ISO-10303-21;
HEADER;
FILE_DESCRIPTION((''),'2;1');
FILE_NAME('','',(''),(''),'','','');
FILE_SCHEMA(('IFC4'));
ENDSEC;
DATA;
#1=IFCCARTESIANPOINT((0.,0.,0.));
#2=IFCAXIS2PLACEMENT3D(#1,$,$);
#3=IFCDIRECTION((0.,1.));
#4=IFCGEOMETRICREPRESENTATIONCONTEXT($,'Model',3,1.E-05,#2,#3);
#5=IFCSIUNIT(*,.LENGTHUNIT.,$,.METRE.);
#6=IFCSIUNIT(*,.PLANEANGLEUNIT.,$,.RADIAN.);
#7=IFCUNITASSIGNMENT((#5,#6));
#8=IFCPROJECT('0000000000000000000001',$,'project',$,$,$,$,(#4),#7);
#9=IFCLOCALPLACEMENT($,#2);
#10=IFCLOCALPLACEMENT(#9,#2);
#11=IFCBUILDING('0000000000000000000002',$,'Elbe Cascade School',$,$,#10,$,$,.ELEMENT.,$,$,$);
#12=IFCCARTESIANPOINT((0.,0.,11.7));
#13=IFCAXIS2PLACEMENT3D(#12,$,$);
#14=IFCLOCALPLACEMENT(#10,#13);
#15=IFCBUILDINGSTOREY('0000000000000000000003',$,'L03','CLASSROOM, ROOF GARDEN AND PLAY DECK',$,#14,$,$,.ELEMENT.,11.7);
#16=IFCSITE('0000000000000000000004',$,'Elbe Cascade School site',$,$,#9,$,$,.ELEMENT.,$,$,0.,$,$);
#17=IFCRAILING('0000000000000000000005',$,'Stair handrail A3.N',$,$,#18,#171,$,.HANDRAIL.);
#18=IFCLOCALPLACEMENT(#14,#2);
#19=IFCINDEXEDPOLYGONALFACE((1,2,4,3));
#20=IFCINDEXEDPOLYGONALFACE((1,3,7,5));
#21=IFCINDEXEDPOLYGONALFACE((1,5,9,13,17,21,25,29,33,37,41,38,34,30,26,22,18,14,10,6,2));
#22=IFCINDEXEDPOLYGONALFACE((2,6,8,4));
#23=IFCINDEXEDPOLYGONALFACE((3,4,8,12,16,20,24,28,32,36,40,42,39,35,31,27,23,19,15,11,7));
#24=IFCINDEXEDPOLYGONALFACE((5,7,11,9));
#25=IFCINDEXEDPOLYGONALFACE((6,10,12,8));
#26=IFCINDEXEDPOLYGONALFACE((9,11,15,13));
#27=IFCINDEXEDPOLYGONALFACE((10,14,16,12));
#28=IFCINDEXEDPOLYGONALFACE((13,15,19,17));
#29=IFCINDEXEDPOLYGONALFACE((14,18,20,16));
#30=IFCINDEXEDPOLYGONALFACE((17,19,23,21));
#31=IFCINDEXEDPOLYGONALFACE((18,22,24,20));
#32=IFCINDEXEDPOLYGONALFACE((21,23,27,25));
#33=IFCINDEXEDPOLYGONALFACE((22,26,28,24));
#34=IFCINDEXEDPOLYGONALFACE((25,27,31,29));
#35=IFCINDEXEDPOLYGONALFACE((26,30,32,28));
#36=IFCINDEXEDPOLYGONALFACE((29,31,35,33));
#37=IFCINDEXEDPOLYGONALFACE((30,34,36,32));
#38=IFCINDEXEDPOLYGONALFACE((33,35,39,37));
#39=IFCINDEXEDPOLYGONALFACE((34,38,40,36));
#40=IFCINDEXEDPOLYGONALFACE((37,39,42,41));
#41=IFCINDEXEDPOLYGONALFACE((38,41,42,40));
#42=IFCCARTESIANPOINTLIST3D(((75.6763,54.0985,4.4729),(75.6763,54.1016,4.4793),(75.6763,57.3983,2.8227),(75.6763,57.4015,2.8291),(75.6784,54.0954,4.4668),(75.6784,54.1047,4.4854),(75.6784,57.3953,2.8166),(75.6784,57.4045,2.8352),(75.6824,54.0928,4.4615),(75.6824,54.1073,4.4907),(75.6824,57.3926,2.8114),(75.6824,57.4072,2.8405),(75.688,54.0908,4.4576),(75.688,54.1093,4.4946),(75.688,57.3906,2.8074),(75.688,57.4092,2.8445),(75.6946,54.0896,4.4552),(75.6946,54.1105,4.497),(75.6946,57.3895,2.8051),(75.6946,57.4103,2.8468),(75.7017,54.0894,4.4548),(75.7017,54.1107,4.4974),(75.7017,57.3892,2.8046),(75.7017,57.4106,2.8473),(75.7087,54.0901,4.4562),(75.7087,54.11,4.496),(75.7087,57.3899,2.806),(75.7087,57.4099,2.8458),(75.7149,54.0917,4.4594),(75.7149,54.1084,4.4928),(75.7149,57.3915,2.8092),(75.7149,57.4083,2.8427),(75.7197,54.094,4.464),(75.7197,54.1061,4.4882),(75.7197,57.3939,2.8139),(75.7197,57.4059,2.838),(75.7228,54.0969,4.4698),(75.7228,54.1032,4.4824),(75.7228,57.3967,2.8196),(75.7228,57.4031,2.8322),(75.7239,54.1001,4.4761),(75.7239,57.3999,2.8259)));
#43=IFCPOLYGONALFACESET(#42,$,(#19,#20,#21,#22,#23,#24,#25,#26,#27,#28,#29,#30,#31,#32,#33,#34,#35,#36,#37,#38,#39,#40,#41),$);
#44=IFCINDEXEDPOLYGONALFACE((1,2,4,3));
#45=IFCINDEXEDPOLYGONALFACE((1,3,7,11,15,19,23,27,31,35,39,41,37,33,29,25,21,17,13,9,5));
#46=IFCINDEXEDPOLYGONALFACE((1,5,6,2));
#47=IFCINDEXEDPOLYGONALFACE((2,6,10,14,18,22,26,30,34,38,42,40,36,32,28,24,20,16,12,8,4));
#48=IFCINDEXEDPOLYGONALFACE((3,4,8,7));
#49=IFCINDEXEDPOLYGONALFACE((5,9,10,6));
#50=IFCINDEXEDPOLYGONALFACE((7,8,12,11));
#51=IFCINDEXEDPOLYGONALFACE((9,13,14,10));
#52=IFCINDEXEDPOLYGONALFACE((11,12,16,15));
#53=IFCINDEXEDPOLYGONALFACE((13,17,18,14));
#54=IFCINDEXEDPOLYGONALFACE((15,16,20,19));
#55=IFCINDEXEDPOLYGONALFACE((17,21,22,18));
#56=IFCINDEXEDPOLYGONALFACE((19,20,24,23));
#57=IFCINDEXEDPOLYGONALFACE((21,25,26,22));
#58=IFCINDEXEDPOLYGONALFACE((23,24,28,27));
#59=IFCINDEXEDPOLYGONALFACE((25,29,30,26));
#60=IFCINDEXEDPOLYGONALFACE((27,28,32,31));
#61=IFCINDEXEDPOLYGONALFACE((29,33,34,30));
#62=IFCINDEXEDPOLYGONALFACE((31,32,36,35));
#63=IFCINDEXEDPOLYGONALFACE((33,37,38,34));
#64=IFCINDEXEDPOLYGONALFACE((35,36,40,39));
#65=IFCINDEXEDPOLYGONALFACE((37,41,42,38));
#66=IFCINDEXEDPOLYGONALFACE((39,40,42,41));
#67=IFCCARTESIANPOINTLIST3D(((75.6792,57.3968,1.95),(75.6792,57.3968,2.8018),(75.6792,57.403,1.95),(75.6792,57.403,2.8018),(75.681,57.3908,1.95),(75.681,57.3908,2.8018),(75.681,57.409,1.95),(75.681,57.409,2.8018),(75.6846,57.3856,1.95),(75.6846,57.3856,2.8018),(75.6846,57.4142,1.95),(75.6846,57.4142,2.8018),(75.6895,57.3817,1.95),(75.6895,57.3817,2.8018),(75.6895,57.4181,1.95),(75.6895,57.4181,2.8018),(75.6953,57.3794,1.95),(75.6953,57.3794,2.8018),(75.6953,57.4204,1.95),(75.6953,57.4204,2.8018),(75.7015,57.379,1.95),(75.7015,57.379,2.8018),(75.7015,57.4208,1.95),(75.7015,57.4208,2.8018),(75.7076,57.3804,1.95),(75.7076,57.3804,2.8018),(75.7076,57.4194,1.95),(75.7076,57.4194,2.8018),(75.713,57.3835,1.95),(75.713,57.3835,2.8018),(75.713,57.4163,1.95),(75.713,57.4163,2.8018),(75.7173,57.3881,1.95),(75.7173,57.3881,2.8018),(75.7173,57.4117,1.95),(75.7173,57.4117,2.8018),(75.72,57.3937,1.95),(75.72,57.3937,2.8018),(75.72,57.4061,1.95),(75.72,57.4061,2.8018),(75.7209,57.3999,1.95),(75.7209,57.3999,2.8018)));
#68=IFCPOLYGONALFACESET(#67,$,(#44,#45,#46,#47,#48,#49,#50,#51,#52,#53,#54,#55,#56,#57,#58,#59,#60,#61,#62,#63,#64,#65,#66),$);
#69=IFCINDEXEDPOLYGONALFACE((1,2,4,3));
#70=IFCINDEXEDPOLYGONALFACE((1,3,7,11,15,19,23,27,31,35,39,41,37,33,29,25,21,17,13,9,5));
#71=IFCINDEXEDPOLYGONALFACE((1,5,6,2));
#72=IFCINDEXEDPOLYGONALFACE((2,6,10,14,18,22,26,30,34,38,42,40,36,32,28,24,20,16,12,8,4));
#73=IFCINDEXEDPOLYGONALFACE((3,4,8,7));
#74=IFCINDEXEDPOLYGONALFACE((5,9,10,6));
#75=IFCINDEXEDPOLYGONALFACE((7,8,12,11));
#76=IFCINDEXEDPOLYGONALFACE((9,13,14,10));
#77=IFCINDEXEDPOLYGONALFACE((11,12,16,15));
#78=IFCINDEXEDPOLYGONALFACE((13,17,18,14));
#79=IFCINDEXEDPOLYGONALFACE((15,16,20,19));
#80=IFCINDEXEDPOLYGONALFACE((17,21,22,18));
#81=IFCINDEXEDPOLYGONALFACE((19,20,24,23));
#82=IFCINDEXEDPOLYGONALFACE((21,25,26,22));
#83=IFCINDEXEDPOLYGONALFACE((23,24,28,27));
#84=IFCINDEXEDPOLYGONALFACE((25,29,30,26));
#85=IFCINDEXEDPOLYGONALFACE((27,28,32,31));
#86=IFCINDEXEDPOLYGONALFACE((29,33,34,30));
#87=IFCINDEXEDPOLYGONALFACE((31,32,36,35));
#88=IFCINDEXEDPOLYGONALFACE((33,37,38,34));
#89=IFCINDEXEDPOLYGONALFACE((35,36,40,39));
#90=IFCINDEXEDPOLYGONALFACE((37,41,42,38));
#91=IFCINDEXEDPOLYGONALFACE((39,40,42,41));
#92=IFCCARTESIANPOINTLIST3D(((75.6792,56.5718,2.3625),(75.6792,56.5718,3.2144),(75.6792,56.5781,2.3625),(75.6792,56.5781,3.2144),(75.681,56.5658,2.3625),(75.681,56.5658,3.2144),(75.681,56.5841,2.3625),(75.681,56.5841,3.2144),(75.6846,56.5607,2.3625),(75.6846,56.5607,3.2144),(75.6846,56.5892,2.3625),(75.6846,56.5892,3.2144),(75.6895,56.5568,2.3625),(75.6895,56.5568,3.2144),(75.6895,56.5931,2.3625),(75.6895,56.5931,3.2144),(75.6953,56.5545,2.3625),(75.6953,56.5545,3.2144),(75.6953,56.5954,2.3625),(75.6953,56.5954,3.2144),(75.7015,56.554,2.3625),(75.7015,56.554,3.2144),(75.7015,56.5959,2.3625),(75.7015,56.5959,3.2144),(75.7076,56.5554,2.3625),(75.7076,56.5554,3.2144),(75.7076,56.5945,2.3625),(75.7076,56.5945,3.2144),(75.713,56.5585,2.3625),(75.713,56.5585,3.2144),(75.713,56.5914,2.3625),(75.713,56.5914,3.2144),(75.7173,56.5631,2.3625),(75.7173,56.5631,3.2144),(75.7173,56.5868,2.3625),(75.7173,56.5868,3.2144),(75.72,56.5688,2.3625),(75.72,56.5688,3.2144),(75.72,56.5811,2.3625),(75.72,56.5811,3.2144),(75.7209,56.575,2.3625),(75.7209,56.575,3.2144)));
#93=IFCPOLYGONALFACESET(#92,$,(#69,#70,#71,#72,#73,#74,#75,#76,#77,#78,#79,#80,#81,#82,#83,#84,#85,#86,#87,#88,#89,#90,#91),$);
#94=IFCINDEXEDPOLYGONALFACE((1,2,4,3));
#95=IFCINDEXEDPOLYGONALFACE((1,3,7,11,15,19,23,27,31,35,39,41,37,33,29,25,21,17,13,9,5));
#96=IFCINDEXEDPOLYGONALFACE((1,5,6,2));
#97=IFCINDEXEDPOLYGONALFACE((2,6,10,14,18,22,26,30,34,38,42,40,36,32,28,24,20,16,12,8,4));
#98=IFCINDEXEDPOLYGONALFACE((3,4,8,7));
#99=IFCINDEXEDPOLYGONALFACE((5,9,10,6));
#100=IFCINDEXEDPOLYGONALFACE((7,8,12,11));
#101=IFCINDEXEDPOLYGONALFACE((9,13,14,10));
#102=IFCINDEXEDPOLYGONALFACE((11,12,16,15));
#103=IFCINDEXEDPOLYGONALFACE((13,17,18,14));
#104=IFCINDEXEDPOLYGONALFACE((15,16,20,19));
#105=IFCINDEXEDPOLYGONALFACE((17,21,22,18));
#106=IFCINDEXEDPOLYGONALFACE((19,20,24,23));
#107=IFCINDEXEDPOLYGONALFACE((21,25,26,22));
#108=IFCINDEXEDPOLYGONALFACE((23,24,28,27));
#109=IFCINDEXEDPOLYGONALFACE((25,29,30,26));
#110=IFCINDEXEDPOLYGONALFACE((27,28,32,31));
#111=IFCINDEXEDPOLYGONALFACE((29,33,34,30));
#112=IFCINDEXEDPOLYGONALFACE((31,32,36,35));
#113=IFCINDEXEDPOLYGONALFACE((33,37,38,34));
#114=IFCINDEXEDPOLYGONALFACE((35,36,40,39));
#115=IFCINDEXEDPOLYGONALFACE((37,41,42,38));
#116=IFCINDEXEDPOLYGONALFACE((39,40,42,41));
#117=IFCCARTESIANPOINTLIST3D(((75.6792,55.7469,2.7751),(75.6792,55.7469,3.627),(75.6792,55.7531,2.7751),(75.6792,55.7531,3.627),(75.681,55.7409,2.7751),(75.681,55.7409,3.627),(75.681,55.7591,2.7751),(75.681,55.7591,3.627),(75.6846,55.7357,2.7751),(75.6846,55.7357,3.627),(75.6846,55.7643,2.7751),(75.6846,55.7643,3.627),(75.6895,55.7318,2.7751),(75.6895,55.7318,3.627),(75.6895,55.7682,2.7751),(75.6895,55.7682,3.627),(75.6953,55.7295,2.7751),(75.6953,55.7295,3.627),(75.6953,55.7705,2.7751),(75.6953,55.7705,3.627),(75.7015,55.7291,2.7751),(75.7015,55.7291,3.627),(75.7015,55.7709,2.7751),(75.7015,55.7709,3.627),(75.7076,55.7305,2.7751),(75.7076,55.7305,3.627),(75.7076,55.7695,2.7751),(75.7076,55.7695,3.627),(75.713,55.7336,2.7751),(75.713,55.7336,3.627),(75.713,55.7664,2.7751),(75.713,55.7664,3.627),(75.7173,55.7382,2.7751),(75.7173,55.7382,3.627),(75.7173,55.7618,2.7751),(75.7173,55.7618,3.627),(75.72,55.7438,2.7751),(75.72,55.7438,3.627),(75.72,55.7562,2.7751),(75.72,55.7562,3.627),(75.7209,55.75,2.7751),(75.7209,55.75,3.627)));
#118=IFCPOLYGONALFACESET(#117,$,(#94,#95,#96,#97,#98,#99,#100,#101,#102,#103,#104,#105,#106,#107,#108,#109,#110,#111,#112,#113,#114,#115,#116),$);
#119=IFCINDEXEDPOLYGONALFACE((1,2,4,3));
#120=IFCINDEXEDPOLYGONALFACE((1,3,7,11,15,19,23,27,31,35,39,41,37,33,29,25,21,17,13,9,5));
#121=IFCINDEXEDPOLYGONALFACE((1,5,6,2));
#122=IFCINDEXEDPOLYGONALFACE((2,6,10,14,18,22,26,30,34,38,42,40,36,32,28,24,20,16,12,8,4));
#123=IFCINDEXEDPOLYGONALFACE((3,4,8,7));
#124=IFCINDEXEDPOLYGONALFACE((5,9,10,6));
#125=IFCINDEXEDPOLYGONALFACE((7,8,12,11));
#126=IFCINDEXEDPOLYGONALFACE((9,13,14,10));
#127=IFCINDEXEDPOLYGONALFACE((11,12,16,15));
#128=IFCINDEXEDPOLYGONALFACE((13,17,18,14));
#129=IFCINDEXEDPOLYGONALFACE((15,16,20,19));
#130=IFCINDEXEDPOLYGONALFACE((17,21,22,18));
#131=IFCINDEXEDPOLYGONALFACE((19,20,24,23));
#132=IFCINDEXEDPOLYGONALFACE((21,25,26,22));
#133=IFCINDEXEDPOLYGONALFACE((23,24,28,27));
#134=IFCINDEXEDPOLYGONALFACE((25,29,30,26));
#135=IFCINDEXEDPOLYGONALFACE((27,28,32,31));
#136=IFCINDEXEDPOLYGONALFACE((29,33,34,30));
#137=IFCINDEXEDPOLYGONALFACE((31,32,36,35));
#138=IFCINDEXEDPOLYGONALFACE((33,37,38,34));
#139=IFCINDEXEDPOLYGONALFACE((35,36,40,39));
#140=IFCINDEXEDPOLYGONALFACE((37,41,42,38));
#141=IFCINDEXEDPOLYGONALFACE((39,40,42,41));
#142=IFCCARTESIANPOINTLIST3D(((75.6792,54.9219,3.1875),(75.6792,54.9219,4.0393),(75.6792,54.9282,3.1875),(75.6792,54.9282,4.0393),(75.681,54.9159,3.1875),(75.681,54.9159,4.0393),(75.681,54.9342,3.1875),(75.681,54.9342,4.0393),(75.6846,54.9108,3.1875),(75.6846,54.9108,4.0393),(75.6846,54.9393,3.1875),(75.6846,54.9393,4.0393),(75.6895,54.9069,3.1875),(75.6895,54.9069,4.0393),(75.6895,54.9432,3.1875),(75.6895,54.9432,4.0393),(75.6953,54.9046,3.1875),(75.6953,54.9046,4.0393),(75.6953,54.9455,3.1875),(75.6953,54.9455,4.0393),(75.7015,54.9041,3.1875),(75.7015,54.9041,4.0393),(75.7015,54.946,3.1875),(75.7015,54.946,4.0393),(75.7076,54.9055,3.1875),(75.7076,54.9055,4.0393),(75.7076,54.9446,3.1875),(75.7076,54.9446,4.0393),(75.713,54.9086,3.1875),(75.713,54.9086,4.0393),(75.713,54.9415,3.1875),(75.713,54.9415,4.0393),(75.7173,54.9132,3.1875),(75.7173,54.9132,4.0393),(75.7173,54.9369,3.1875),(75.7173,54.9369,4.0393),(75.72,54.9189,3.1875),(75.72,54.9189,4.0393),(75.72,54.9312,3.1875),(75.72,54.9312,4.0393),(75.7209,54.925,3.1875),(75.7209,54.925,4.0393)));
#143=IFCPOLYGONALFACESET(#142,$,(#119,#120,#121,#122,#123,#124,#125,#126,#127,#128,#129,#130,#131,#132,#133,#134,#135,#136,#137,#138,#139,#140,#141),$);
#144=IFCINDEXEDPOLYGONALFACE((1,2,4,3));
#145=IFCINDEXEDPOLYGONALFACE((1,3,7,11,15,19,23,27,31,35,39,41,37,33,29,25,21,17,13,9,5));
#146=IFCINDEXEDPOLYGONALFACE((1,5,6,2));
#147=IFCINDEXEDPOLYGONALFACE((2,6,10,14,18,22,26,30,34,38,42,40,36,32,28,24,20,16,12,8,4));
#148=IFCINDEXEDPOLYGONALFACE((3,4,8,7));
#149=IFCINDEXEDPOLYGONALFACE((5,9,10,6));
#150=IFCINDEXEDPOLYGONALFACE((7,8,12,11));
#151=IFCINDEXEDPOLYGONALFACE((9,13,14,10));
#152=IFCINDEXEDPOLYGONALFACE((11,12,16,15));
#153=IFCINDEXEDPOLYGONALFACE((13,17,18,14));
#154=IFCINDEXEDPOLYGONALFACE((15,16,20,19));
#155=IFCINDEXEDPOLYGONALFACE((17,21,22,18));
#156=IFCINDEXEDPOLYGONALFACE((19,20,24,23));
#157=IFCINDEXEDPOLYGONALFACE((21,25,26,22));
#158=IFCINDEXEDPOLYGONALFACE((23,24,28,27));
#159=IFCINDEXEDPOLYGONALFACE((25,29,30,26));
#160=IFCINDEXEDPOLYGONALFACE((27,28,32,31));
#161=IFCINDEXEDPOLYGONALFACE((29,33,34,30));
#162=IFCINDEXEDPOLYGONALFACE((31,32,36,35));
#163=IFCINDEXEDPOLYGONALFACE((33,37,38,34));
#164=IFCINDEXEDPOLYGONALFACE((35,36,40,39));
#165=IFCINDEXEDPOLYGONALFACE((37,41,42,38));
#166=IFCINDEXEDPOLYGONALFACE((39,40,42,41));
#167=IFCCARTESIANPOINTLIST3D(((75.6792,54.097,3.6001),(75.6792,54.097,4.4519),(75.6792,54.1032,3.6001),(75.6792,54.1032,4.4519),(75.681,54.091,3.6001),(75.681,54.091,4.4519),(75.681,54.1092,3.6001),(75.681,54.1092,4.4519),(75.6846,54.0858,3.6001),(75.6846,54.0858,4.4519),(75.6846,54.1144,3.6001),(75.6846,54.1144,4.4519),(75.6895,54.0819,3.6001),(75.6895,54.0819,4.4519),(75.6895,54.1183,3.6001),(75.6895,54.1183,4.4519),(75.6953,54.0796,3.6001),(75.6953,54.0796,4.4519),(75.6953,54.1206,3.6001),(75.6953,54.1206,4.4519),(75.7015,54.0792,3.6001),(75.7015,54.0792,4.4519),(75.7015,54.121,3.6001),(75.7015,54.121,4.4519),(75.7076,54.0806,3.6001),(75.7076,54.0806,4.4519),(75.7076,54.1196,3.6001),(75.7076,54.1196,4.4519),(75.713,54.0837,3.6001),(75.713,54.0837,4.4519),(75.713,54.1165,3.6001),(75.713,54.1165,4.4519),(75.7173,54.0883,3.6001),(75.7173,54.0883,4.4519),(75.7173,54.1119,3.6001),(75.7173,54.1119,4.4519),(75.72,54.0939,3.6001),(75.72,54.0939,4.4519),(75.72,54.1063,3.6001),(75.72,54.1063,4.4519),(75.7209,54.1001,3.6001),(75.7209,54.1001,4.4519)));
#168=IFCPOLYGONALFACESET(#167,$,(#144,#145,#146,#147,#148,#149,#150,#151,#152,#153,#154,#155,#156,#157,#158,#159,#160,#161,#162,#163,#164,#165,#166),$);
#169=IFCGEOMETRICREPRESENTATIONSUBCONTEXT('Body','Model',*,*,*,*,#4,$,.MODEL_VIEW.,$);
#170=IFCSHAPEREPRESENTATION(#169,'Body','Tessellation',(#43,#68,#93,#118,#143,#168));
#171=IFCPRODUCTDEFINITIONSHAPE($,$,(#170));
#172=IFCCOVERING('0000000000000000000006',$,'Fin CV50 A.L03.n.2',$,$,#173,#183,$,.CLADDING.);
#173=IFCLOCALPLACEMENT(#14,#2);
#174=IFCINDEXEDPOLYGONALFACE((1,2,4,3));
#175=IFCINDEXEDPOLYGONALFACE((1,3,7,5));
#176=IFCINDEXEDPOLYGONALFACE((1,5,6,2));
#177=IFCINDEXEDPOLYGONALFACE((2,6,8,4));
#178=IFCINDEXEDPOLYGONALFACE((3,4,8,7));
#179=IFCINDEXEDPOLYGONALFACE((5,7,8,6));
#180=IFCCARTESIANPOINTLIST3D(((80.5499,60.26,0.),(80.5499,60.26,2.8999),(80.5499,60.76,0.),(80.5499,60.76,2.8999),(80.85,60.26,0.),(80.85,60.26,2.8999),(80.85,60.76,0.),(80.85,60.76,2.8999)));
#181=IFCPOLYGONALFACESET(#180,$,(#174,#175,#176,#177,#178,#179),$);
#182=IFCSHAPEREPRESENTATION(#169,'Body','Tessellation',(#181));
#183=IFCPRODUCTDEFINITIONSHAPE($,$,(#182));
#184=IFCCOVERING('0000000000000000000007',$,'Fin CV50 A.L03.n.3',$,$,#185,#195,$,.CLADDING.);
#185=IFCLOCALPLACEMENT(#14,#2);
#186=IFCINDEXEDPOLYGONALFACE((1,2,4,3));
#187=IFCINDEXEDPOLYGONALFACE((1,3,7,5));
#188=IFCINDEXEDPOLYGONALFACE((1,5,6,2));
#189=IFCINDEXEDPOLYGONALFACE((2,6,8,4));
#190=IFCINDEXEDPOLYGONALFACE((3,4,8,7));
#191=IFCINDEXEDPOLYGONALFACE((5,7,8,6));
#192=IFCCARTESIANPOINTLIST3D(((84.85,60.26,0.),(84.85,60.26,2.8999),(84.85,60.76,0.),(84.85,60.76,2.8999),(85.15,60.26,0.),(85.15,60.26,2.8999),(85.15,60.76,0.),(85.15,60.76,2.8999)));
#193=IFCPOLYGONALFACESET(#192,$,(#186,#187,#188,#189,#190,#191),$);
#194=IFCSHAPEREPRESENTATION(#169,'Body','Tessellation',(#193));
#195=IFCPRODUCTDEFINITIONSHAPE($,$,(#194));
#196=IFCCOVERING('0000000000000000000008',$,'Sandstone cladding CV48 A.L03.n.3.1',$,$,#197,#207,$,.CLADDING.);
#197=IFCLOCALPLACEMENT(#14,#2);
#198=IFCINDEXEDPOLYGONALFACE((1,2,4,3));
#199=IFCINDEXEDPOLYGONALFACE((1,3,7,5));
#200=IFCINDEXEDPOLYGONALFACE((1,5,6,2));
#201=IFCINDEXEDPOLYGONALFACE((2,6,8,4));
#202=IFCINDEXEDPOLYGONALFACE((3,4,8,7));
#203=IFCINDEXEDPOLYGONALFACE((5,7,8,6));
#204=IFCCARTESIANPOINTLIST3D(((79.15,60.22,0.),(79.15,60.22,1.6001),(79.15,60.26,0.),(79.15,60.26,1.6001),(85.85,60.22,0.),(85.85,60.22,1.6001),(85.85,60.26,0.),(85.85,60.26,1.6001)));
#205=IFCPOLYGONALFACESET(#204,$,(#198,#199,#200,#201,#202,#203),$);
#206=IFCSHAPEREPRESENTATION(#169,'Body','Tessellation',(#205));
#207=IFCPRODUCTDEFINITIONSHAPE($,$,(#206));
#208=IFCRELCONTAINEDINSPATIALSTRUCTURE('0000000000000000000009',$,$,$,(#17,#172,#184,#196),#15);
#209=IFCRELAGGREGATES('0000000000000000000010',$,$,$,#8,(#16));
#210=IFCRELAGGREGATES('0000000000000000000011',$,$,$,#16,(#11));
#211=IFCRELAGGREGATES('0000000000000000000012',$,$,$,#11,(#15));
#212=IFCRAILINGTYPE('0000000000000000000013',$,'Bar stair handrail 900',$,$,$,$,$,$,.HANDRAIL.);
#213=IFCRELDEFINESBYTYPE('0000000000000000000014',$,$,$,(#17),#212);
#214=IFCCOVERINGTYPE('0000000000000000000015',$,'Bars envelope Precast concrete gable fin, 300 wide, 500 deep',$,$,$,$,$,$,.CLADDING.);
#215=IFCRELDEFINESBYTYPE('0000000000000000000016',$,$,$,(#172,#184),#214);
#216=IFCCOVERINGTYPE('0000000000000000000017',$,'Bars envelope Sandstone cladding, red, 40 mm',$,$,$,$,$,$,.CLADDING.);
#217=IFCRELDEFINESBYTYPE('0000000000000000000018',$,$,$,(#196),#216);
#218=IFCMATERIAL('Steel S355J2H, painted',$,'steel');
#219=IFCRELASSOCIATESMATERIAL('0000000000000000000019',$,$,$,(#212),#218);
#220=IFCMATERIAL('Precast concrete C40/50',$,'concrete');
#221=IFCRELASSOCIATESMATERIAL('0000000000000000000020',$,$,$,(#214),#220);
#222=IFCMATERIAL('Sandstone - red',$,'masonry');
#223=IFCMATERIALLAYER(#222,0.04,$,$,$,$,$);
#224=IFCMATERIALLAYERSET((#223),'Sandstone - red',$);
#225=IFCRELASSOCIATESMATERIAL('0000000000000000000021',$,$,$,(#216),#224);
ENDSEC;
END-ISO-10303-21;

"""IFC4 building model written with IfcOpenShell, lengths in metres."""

from ifc_helpers import new_model, si_unit, direction, frame, origin, origin_2d, place, context, subcontext, project, spatial, rectangle, circle, extrude, material, layer, layer_set, type_object, element, save


model = new_model("IFC4")

# Units and contexts
model_context = context("Model", 3, precision=1e-05, world=origin(), true_north=direction((0.0, 1.0)))
body_context = subcontext(model_context, "Body", "Model", "MODEL_VIEW")
ifc_project = project(units=[si_unit("LENGTHUNIT", "METRE"), si_unit("PLANEANGLEUNIT", "RADIAN")], contexts=[model_context])

# Site, building, storey
site_placement = place(None, origin())
site = spatial("IfcSite", under=ifc_project, at=site_placement, Name="Elbe Cascade School site", CompositionType="ELEMENT", RefElevation=0.0)
building_placement = place(site_placement, origin())
building = spatial("IfcBuilding", under=site, at=building_placement, Name="Elbe Cascade School", CompositionType="ELEMENT")
storey_placement = place(building_placement, frame((0.0, 0.0, 11.7)))
storey = spatial("IfcBuildingStorey", under=building, at=storey_placement, Name="L03", Description="CLASSROOM, ROOF GARDEN AND PLAY DECK", CompositionType="ELEMENT", Elevation=11.7)

# Railing
ifc_material_1 = material(Name="Steel S355J2H, painted", Category="steel")
railing_type = type_object("IfcRailingType", Name="Bar stair handrail 900", PredefinedType="HANDRAIL", material=ifc_material_1)
railing_placement = place(storey_placement, frame((75.7, 57.3999, 1.95)))
element("IfcRailing", 1, at=railing_placement, inside=storey, type_object=railing_type, Name="Stair handrail A3.N", PredefinedType="HANDRAIL", context=body_context, shape_type="SweptSolid", body=[
    extrude(circle(Radius=0.0239, at=origin_2d()), frame((0.0, 0.0, 0.876), z_axis=(0.0, -0.894401, 0.447267), x_axis=(1.0, 0.0, 0.0)), (0.0, 0.0, 1.0), 3.6895),
    extrude(circle(Radius=0.021, at=origin_2d()), origin(), (0.0, 0.0, 1.0), 0.8518),
    extrude(circle(Radius=0.021, at=origin_2d()), frame((0.0, -0.825, 0.4126)), (0.0, 0.0, 1.0), 0.8518),
    extrude(circle(Radius=0.021, at=origin_2d()), frame((0.0, -1.6499, 0.8252)), (0.0, 0.0, 1.0), 0.8518),
    extrude(circle(Radius=0.021, at=origin_2d()), frame((0.0, -2.4749, 1.2375)), (0.0, 0.0, 1.0), 0.8518),
    extrude(circle(Radius=0.021, at=origin_2d()), frame((0.0, -3.2998, 1.6501)), (0.0, 0.0, 1.0), 0.8518),
])

# Coverings
ifc_material_2 = material(Name="Precast concrete C40/50", Category="concrete")
covering_type_1 = type_object("IfcCoveringType", Name="Bars envelope Precast concrete gable fin, 300 wide, 500 deep", PredefinedType="CLADDING", material=ifc_material_2)
for number, where, z_axis, x_axis, name in (
    (2, (80.7, 60.51, 0.0), (0.0, 0.0, 1.0), (1.0, 0.0, 0.0), "Fin CV50 A.L03.n.2"),
    (3, (85.0, 60.51, 0.0), (0.0, 0.0, 1.0), (1.0, 0.0, 0.0), "Fin CV50 A.L03.n.3"),
):
    element("IfcCovering", number, at=place(storey_placement, frame(where, z_axis=z_axis, x_axis=x_axis)), inside=storey, type_object=covering_type_1, Name=name, PredefinedType="CLADDING", context=body_context, shape_type="SweptSolid", body=[
        extrude(rectangle(XDim=0.3, YDim=0.5, at=origin_2d()), origin(), (0.0, 0.0, 1.0), 2.8999),
    ])
ifc_material_3 = material(Name="Sandstone - red", Category="masonry")
ifc_layer_1 = layer(ifc_material_3, 0.04)
ifc_layer_set_1 = layer_set([ifc_layer_1], Name="Sandstone - red")
covering_type_2 = type_object("IfcCoveringType", Name="Bars envelope Sandstone cladding, red, 40 mm", PredefinedType="CLADDING", material=ifc_layer_set_1)
covering_1_placement = place(storey_placement, frame((82.5, 60.24, 0.0), z_axis=(0.0, 0.0, 1.0), x_axis=(1.0, 0.0, 0.0)))
element("IfcCovering", 4, at=covering_1_placement, inside=storey, type_object=covering_type_2, Name="Sandstone cladding CV48 A.L03.n.3.1", PredefinedType="CLADDING", context=body_context, shape_type="SweptSolid", body=[
    extrude(rectangle(XDim=6.7, YDim=0.04, at=origin_2d()), origin(), (0.0, 0.0, 1.0), 1.6001),
])

save(model, "model.ifc")
